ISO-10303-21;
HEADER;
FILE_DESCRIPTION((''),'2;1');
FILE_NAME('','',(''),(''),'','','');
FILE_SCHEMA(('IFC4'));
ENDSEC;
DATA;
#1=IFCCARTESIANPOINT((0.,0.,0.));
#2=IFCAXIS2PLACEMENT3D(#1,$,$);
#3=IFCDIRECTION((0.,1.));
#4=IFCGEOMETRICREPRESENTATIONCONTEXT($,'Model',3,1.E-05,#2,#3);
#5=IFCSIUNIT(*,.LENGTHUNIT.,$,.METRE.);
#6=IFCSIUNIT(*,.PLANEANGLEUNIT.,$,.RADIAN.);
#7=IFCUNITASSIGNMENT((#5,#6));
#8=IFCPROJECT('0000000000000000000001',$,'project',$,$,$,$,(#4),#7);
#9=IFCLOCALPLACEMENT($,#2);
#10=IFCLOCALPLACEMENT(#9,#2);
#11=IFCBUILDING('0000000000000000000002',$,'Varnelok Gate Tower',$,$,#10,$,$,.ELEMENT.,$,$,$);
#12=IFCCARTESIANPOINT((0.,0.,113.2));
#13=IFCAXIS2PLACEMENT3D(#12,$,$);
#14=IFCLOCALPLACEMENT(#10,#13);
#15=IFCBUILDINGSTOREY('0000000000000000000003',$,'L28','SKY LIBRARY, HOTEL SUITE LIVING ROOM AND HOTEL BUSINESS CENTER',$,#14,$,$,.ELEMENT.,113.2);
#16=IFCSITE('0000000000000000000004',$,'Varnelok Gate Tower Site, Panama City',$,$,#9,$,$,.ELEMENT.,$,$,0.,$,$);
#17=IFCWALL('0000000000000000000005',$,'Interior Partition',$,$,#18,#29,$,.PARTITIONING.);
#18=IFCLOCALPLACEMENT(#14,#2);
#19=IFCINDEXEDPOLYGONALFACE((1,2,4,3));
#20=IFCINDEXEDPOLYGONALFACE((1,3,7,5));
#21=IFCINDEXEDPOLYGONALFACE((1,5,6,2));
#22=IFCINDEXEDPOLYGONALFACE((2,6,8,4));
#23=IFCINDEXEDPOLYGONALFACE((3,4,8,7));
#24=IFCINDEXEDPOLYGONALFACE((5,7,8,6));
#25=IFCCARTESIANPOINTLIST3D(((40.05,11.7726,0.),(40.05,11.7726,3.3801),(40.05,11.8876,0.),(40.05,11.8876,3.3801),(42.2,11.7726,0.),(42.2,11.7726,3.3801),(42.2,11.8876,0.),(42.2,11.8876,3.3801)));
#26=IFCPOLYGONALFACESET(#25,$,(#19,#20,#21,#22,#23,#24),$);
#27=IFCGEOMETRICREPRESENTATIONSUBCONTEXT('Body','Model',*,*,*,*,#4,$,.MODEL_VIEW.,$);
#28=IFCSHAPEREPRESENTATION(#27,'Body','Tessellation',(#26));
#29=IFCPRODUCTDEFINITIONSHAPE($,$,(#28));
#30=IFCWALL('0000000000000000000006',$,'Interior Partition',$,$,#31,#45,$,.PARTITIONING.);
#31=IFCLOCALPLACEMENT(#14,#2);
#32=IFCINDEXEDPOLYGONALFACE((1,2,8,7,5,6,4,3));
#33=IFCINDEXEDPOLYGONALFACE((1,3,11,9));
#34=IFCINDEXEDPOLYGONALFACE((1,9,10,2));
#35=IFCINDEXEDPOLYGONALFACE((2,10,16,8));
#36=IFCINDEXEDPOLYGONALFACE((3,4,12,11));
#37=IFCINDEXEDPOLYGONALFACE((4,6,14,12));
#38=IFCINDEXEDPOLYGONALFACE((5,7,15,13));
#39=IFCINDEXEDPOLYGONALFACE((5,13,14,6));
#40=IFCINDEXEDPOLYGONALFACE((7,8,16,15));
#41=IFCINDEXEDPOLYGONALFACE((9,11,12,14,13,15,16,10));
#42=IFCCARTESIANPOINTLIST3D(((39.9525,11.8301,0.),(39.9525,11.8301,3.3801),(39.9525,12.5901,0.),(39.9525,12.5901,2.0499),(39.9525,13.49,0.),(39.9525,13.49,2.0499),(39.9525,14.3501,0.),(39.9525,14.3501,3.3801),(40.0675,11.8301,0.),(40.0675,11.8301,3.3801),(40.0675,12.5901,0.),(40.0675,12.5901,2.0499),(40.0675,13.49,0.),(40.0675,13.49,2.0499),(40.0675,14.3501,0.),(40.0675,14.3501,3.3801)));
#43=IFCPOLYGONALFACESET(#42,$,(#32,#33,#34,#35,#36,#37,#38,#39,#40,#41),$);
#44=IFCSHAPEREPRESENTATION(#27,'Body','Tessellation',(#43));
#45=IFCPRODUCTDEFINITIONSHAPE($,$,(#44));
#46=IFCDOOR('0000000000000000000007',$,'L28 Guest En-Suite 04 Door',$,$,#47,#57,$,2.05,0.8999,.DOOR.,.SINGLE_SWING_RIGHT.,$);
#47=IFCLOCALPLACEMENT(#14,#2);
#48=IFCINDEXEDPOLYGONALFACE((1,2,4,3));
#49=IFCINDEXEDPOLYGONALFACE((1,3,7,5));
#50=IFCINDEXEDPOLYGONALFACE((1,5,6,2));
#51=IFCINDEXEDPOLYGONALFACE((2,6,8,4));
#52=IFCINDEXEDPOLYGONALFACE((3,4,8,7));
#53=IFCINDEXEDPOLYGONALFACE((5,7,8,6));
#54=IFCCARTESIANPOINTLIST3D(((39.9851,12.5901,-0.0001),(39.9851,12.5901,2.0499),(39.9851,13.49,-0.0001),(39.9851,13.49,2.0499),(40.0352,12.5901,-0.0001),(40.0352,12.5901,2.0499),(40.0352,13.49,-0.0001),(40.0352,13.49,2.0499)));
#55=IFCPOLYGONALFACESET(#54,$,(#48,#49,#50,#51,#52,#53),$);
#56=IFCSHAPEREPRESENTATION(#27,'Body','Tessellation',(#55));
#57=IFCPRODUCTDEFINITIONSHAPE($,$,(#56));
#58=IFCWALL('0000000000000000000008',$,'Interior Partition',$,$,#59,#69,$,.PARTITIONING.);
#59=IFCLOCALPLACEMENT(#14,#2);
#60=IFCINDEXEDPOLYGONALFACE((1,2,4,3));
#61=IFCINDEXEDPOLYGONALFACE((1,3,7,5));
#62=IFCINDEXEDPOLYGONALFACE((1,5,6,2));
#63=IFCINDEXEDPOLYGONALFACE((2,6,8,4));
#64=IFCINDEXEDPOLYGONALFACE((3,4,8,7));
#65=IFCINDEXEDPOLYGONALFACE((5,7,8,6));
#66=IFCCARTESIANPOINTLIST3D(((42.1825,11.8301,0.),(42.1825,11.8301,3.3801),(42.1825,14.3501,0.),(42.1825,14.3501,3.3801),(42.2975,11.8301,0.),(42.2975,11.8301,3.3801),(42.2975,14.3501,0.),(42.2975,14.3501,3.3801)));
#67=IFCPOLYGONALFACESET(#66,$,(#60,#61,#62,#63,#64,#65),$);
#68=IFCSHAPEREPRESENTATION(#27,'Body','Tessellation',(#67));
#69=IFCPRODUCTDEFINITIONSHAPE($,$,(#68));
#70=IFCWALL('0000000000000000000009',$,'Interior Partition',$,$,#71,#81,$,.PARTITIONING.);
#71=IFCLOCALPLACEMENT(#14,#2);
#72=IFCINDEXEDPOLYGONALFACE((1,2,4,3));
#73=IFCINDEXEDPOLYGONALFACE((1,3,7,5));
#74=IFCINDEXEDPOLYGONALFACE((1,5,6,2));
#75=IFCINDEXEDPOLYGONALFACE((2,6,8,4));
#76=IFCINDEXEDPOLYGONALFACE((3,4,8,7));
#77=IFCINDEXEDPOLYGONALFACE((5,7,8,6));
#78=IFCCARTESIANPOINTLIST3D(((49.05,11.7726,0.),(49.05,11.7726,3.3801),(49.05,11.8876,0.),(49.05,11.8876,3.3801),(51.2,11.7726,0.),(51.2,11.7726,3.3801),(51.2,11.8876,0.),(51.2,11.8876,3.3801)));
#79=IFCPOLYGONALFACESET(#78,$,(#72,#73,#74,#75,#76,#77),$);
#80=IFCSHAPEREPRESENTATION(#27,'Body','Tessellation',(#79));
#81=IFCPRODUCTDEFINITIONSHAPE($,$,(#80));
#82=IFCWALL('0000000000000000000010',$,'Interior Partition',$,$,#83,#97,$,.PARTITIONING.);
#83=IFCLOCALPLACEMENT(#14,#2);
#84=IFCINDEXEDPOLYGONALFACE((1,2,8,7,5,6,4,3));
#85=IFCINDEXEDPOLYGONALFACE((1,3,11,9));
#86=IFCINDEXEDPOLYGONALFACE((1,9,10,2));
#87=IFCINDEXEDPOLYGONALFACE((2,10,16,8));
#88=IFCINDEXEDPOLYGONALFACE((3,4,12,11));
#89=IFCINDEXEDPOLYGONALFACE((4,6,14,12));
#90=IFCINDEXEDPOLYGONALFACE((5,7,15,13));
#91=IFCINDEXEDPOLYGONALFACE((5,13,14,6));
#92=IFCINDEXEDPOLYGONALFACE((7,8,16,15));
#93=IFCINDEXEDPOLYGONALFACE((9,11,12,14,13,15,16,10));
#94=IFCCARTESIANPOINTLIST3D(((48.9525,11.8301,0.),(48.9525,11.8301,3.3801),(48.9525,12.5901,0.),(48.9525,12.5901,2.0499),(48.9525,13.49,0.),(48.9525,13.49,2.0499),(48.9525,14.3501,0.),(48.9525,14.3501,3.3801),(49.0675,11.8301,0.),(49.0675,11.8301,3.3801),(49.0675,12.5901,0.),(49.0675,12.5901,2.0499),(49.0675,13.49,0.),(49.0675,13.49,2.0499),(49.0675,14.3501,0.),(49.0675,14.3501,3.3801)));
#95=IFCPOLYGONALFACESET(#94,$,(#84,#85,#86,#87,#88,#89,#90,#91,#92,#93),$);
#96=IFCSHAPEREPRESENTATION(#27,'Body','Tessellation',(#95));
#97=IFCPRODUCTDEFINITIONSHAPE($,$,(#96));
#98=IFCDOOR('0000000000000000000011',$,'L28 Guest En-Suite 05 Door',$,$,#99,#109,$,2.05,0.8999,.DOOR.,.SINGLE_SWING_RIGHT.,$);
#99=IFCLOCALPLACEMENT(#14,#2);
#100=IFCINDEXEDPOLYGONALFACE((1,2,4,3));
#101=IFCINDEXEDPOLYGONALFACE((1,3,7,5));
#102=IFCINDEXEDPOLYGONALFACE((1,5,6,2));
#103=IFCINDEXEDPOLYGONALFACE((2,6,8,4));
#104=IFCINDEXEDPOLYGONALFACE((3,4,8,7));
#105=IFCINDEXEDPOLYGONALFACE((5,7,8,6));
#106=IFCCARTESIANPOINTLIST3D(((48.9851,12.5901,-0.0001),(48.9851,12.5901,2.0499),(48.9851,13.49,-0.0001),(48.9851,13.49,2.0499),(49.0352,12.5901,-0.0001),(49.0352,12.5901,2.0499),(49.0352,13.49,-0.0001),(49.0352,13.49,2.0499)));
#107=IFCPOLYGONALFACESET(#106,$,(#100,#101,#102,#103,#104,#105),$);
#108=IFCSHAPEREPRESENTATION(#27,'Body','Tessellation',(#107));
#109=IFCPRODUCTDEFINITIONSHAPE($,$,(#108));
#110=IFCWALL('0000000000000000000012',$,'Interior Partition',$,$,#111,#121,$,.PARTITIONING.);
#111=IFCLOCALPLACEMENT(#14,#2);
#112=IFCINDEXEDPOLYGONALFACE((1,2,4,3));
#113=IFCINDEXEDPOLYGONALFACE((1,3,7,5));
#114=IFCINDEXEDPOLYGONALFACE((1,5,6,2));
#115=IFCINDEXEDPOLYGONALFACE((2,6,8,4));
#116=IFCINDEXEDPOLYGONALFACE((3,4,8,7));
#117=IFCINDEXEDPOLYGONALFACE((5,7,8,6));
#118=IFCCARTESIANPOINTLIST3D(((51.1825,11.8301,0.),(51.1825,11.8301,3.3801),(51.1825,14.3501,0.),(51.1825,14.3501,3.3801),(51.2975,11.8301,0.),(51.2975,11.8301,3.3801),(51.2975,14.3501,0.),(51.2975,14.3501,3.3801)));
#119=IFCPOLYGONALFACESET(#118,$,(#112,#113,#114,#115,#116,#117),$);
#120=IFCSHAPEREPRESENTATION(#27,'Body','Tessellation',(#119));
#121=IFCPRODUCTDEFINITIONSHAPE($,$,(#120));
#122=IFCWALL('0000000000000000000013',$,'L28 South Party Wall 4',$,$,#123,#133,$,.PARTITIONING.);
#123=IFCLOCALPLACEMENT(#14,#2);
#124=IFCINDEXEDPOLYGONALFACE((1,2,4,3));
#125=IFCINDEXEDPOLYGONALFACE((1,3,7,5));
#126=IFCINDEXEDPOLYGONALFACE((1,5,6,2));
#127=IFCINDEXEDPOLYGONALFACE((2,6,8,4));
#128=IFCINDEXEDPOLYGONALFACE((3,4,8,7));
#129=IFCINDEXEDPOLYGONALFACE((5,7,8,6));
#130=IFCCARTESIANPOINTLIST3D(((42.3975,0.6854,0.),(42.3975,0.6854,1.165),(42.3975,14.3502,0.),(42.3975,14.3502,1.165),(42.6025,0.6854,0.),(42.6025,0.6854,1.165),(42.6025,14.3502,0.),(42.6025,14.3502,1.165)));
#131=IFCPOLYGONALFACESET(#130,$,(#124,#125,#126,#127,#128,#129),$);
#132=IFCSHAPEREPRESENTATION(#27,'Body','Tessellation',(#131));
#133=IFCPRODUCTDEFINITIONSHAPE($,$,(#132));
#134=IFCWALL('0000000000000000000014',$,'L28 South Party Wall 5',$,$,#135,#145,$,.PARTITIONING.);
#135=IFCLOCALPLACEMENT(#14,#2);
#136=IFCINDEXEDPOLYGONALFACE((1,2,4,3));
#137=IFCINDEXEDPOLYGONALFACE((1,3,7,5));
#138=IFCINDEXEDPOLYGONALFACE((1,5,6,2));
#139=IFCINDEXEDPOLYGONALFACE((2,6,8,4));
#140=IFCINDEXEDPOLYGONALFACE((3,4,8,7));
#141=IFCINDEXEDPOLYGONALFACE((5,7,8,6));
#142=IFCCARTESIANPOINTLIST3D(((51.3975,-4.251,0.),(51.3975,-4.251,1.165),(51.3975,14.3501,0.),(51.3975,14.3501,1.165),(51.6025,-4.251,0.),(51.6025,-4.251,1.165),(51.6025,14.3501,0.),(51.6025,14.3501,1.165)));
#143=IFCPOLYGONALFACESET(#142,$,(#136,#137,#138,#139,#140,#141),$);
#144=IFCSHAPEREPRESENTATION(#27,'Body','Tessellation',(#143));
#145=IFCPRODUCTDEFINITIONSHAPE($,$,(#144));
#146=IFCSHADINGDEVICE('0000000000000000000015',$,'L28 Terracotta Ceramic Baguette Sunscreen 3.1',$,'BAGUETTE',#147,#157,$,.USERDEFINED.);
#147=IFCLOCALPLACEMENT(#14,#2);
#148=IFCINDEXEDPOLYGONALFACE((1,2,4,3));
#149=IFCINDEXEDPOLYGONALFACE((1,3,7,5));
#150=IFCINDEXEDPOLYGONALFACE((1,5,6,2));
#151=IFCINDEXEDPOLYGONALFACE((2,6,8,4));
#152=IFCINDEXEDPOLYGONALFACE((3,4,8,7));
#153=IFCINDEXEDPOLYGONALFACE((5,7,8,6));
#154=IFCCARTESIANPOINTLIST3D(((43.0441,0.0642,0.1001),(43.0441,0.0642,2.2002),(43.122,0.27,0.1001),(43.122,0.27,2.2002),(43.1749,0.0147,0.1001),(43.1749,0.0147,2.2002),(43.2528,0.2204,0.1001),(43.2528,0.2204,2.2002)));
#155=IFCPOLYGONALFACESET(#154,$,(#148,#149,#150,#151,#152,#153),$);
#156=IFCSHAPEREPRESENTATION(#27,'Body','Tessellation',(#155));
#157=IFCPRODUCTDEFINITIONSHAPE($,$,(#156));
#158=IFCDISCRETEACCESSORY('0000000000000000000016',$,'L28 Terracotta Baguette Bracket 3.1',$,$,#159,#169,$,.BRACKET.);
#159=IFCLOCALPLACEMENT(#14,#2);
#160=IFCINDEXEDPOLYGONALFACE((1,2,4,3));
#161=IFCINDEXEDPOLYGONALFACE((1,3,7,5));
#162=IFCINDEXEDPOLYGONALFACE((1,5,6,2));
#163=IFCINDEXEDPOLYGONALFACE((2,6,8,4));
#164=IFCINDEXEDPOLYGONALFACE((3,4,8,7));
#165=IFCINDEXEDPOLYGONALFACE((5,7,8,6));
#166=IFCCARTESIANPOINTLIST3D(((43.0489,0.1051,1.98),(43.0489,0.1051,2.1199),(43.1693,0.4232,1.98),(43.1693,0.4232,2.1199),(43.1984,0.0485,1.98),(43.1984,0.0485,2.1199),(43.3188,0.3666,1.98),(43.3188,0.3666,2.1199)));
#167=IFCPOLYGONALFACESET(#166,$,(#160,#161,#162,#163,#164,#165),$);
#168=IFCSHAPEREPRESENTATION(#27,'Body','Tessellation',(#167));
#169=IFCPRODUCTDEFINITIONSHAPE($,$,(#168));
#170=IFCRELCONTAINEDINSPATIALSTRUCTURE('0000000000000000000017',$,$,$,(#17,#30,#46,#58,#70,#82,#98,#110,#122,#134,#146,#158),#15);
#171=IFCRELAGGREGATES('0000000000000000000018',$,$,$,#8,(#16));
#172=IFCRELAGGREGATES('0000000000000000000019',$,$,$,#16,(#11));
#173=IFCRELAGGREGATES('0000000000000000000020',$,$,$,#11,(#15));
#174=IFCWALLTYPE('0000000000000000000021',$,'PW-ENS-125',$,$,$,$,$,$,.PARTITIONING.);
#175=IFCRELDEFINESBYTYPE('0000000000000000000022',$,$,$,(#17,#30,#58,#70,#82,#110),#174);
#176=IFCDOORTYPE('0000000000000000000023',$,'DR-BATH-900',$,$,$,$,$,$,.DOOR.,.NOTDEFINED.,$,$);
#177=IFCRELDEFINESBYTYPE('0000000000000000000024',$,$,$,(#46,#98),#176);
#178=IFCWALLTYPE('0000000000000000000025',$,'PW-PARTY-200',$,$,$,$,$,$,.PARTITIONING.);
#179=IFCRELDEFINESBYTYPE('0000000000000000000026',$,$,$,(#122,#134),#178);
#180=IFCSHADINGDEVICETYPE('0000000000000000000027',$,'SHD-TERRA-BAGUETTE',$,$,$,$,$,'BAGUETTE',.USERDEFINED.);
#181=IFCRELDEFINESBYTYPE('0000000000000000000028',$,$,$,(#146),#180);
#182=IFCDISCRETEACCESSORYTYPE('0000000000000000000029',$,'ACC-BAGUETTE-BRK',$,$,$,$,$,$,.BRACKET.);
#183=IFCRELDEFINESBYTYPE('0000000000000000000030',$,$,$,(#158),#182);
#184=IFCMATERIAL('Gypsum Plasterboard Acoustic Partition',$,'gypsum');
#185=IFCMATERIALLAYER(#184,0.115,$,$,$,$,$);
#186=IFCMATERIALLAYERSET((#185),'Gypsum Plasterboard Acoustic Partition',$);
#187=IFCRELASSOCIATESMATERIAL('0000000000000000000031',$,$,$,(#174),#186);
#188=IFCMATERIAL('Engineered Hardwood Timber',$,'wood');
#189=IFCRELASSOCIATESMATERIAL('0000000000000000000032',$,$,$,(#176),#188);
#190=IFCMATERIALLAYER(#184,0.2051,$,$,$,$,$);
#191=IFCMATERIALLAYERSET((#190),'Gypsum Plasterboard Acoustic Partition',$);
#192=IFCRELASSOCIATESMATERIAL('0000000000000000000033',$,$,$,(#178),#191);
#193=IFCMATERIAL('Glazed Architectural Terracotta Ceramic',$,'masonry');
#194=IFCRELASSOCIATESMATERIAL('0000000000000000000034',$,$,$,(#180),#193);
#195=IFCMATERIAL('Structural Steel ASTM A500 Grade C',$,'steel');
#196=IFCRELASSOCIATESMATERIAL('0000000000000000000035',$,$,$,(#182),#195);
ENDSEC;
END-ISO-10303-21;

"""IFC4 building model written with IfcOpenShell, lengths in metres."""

from ifc_helpers import new_model, si_unit, direction, frame, frame_2d, origin, origin_2d, place, context, subcontext, project, spatial, rectangle, extrude, source, transform, mapped, material, layer, layer_set, type_object, element, fill, save


model = new_model("IFC4")

# Units and contexts
model_context = context("Model", 3, precision=1e-05, world=origin(), true_north=direction((0.0, 1.0)))
body_context = subcontext(model_context, "Body", "Model", "MODEL_VIEW")
ifc_project = project(units=[si_unit("LENGTHUNIT", "METRE"), si_unit("PLANEANGLEUNIT", "RADIAN")], contexts=[model_context])

# Site, building, storey
site_placement = place(None, origin())
site = spatial("IfcSite", under=ifc_project, at=site_placement, Name="Varnelok Gate Tower Site, Panama City", CompositionType="ELEMENT", RefElevation=0.0)
building_placement = place(site_placement, origin())
building = spatial("IfcBuilding", under=site, at=building_placement, Name="Varnelok Gate Tower", CompositionType="ELEMENT")
storey_placement = place(building_placement, frame((0.0, 0.0, 113.2)))
storey = spatial("IfcBuildingStorey", under=building, at=storey_placement, Name="L28", Description="SKY LIBRARY, HOTEL SUITE LIVING ROOM AND HOTEL BUSINESS CENTER", CompositionType="ELEMENT", Elevation=113.2)

# Wall
ifc_material_1 = material(Name="Gypsum Plasterboard Acoustic Partition", Category="gypsum")
ifc_layer_1 = layer(ifc_material_1, 0.115)
ifc_layer_set_1 = layer_set([ifc_layer_1], Name="Gypsum Plasterboard Acoustic Partition")
wall_type_1 = type_object("IfcWallType", Name="PW-ENS-125", PredefinedType="PARTITIONING", material=ifc_layer_set_1)
wall_1_placement = place(storey_placement, frame((40.05, 11.8301, 0.0), z_axis=(0.0, 0.0, 1.0), x_axis=(1.0, 0.0, 0.0)))
element("IfcWall", 1, at=wall_1_placement, inside=storey, type_object=wall_type_1, Name="Interior Partition", PredefinedType="PARTITIONING", context=body_context, shape_type="SweptSolid", body=[
    extrude(rectangle(XDim=2.1499, YDim=0.115, at=frame_2d((1.075, 0.0))), origin(), (0.0, 0.0, 1.0), 3.3801),
])

# Wall, opening, door
wall_2_placement = place(storey_placement, frame((40.01, 11.8301, 0.0), z_axis=(0.0, 0.0, 1.0), x_axis=(0.0, 1.0, 0.0)))
wall_2 = element("IfcWall", 2, at=wall_2_placement, inside=storey, type_object=wall_type_1, Name="Interior Partition", PredefinedType="PARTITIONING", context=body_context, shape_type="SweptSolid", body=[
    extrude(rectangle(XDim=2.52, YDim=0.115, at=frame_2d((1.26, 0.0))), origin(), (0.0, 0.0, 1.0), 3.3801),
])
opening_1_placement = place(wall_2_placement, frame((0.76, 0.0, 0.0)))
opening_1 = element("IfcOpeningElement", 3, at=opening_1_placement, cuts=wall_2, PredefinedType="OPENING", context=body_context, shape_type="SweptSolid", body=[
    extrude(rectangle(XDim=0.8999, YDim=2.05, at=frame_2d((0.45, 1.0249))), frame((0.0, 0.0674, 0.0), z_axis=(0.0, -1.0, 0.0), x_axis=(1.0, 0.0, 0.0)), (0.0, 0.0, 1.0), 0.135),
])
ifc_material_2 = material(Name="Engineered Hardwood Timber", Category="wood")
door_type_1 = type_object("IfcDoorType", Name="DR-BATH-900", OperationType="NOTDEFINED", PredefinedType="DOOR", material=ifc_material_2)
door_1_placement = place(opening_1_placement, origin())
door_1 = element("IfcDoor", 4, at=door_1_placement, inside=storey, type_object=door_type_1, Name="L28 Guest En-Suite 04 Door", OperationType="SINGLE_SWING_RIGHT", OverallHeight=2.05, OverallWidth=0.8999, PredefinedType="DOOR", context=body_context, shape_type="SweptSolid", body=[
    extrude(rectangle(XDim=0.8999, YDim=2.05, at=frame_2d((0.45, 1.0249))), frame((0.0, 0.0249, 0.0), z_axis=(0.0, -1.0, 0.0), x_axis=(1.0, 0.0, 0.0)), (0.0, 0.0, 1.0), 0.05),
])
fill(opening_1, door_1)

# Walls
wall_3_placement = place(storey_placement, frame((42.24, 11.8301, 0.0), z_axis=(0.0, 0.0, 1.0), x_axis=(0.0, 1.0, 0.0)))
element("IfcWall", 5, at=wall_3_placement, inside=storey, type_object=wall_type_1, Name="Interior Partition", PredefinedType="PARTITIONING", context=body_context, shape_type="SweptSolid", body=[
    extrude(rectangle(XDim=2.52, YDim=0.115, at=frame_2d((1.26, 0.0))), origin(), (0.0, 0.0, 1.0), 3.3801),
])
wall_4_placement = place(storey_placement, frame((49.05, 11.8301, 0.0), z_axis=(0.0, 0.0, 1.0), x_axis=(1.0, 0.0, 0.0)))
element("IfcWall", 6, at=wall_4_placement, inside=storey, type_object=wall_type_1, Name="Interior Partition", PredefinedType="PARTITIONING", context=body_context, shape_type="SweptSolid", body=[
    extrude(rectangle(XDim=2.1499, YDim=0.115, at=frame_2d((1.075, 0.0))), origin(), (0.0, 0.0, 1.0), 3.3801),
])

# Wall, opening, door
wall_5_placement = place(storey_placement, frame((49.01, 11.8301, 0.0), z_axis=(0.0, 0.0, 1.0), x_axis=(0.0, 1.0, 0.0)))
wall_5 = element("IfcWall", 7, at=wall_5_placement, inside=storey, type_object=wall_type_1, Name="Interior Partition", PredefinedType="PARTITIONING", context=body_context, shape_type="SweptSolid", body=[
    extrude(rectangle(XDim=2.52, YDim=0.115, at=frame_2d((1.26, 0.0))), origin(), (0.0, 0.0, 1.0), 3.3801),
])
opening_2_placement = place(wall_5_placement, frame((0.76, 0.0, 0.0)))
opening_2 = element("IfcOpeningElement", 8, at=opening_2_placement, cuts=wall_5, PredefinedType="OPENING", context=body_context, shape_type="SweptSolid", body=[
    extrude(rectangle(XDim=0.8999, YDim=2.05, at=frame_2d((0.45, 1.0249))), frame((0.0, 0.0674, 0.0), z_axis=(0.0, -1.0, 0.0), x_axis=(1.0, 0.0, 0.0)), (0.0, 0.0, 1.0), 0.135),
])
door_2_placement = place(opening_2_placement, origin())
door_2 = element("IfcDoor", 9, at=door_2_placement, inside=storey, type_object=door_type_1, Name="L28 Guest En-Suite 05 Door", OperationType="SINGLE_SWING_RIGHT", OverallHeight=2.05, OverallWidth=0.8999, PredefinedType="DOOR", context=body_context, shape_type="SweptSolid", body=[
    extrude(rectangle(XDim=0.8999, YDim=2.05, at=frame_2d((0.45, 1.0249))), frame((0.0, 0.0249, 0.0), z_axis=(0.0, -1.0, 0.0), x_axis=(1.0, 0.0, 0.0)), (0.0, 0.0, 1.0), 0.05),
])
fill(opening_2, door_2)

# Walls
wall_6_placement = place(storey_placement, frame((51.24, 11.8301, 0.0), z_axis=(0.0, 0.0, 1.0), x_axis=(0.0, 1.0, 0.0)))
element("IfcWall", 10, at=wall_6_placement, inside=storey, type_object=wall_type_1, Name="Interior Partition", PredefinedType="PARTITIONING", context=body_context, shape_type="SweptSolid", body=[
    extrude(rectangle(XDim=2.52, YDim=0.115, at=frame_2d((1.26, 0.0))), origin(), (0.0, 0.0, 1.0), 3.3801),
])
ifc_layer_2 = layer(ifc_material_1, 0.2051)
ifc_layer_set_2 = layer_set([ifc_layer_2], Name="Gypsum Plasterboard Acoustic Partition")
wall_type_2 = type_object("IfcWallType", Name="PW-PARTY-200", PredefinedType="PARTITIONING", material=ifc_layer_set_2)
wall_7_placement = place(storey_placement, frame((42.5, 0.6853, 0.0), z_axis=(0.0, 0.0, 1.0), x_axis=(0.0, 1.0, 0.0)))
element("IfcWall", 11, at=wall_7_placement, inside=storey, type_object=wall_type_2, Name="L28 South Party Wall 4", PredefinedType="PARTITIONING", context=body_context, shape_type="SweptSolid", body=[
    extrude(rectangle(XDim=13.6648, YDim=0.2051, at=frame_2d((6.8325, 0.0))), origin(), (0.0, 0.0, 1.0), 1.165),
])
wall_8_placement = place(storey_placement, frame((51.5, -4.251, 0.0), z_axis=(0.0, 0.0, 1.0), x_axis=(0.0, 1.0, 0.0)))
element("IfcWall", 12, at=wall_8_placement, inside=storey, type_object=wall_type_2, Name="L28 South Party Wall 5", PredefinedType="PARTITIONING", context=body_context, shape_type="SweptSolid", body=[
    extrude(rectangle(XDim=18.6011, YDim=0.2051, at=frame_2d((9.3005, 0.0))), origin(), (0.0, 0.0, 1.0), 1.165),
])

# Shading device
ifc_material_3 = material(Name="Glazed Architectural Terracotta Ceramic", Category="masonry")
shading_device_type = type_object("IfcShadingDeviceType", Name="SHD-TERRA-BAGUETTE", ElementType="BAGUETTE", PredefinedType="USERDEFINED", material=ifc_material_3)
shared_shape_1 = source(origin(), body_context, "Body", "SweptSolid", [
    extrude(rectangle(XDim=0.1399, YDim=0.22, at=origin_2d()), origin(), (0.0, 0.0, 1.0), 2.1001),
])
shading_device_placement = place(storey_placement, frame((43.1484, 0.1423, 0.1001), z_axis=(0.0, 0.0, 1.0), x_axis=(0.935222, -0.354063, 0.0)))
element("IfcShadingDevice", 13, at=shading_device_placement, inside=storey, type_object=shading_device_type, Name="L28 Terracotta Ceramic Baguette Sunscreen 3.1", ObjectType="BAGUETTE", PredefinedType="USERDEFINED", context=body_context, shape_type="MappedRepresentation", body=[
    mapped(shared_shape_1, transform((0.0, 0.0, 0.0), scale=1.0)),
])

# Discrete accessory
ifc_material_4 = material(Name="Structural Steel ASTM A500 Grade C", Category="steel")
discrete_accessory_type = type_object("IfcDiscreteAccessoryType", Name="ACC-BAGUETTE-BRK", PredefinedType="BRACKET", material=ifc_material_4)
shared_shape_2 = source(origin(), body_context, "Body", "SweptSolid", [
    extrude(rectangle(XDim=0.1599, YDim=0.3401, at=origin_2d()), origin(), (0.0, 0.0, 1.0), 0.1399),
])
discrete_accessory_placement = place(storey_placement, frame((43.1838, 0.2358, 1.98), z_axis=(0.0, 0.0, 1.0), x_axis=(0.935222, -0.354063, 0.0)))
element("IfcDiscreteAccessory", 14, at=discrete_accessory_placement, inside=storey, type_object=discrete_accessory_type, Name="L28 Terracotta Baguette Bracket 3.1", PredefinedType="BRACKET", context=body_context, shape_type="MappedRepresentation", body=[
    mapped(shared_shape_2, transform((0.0, 0.0, 0.0), scale=1.0)),
])

save(model, "model.ifc")
